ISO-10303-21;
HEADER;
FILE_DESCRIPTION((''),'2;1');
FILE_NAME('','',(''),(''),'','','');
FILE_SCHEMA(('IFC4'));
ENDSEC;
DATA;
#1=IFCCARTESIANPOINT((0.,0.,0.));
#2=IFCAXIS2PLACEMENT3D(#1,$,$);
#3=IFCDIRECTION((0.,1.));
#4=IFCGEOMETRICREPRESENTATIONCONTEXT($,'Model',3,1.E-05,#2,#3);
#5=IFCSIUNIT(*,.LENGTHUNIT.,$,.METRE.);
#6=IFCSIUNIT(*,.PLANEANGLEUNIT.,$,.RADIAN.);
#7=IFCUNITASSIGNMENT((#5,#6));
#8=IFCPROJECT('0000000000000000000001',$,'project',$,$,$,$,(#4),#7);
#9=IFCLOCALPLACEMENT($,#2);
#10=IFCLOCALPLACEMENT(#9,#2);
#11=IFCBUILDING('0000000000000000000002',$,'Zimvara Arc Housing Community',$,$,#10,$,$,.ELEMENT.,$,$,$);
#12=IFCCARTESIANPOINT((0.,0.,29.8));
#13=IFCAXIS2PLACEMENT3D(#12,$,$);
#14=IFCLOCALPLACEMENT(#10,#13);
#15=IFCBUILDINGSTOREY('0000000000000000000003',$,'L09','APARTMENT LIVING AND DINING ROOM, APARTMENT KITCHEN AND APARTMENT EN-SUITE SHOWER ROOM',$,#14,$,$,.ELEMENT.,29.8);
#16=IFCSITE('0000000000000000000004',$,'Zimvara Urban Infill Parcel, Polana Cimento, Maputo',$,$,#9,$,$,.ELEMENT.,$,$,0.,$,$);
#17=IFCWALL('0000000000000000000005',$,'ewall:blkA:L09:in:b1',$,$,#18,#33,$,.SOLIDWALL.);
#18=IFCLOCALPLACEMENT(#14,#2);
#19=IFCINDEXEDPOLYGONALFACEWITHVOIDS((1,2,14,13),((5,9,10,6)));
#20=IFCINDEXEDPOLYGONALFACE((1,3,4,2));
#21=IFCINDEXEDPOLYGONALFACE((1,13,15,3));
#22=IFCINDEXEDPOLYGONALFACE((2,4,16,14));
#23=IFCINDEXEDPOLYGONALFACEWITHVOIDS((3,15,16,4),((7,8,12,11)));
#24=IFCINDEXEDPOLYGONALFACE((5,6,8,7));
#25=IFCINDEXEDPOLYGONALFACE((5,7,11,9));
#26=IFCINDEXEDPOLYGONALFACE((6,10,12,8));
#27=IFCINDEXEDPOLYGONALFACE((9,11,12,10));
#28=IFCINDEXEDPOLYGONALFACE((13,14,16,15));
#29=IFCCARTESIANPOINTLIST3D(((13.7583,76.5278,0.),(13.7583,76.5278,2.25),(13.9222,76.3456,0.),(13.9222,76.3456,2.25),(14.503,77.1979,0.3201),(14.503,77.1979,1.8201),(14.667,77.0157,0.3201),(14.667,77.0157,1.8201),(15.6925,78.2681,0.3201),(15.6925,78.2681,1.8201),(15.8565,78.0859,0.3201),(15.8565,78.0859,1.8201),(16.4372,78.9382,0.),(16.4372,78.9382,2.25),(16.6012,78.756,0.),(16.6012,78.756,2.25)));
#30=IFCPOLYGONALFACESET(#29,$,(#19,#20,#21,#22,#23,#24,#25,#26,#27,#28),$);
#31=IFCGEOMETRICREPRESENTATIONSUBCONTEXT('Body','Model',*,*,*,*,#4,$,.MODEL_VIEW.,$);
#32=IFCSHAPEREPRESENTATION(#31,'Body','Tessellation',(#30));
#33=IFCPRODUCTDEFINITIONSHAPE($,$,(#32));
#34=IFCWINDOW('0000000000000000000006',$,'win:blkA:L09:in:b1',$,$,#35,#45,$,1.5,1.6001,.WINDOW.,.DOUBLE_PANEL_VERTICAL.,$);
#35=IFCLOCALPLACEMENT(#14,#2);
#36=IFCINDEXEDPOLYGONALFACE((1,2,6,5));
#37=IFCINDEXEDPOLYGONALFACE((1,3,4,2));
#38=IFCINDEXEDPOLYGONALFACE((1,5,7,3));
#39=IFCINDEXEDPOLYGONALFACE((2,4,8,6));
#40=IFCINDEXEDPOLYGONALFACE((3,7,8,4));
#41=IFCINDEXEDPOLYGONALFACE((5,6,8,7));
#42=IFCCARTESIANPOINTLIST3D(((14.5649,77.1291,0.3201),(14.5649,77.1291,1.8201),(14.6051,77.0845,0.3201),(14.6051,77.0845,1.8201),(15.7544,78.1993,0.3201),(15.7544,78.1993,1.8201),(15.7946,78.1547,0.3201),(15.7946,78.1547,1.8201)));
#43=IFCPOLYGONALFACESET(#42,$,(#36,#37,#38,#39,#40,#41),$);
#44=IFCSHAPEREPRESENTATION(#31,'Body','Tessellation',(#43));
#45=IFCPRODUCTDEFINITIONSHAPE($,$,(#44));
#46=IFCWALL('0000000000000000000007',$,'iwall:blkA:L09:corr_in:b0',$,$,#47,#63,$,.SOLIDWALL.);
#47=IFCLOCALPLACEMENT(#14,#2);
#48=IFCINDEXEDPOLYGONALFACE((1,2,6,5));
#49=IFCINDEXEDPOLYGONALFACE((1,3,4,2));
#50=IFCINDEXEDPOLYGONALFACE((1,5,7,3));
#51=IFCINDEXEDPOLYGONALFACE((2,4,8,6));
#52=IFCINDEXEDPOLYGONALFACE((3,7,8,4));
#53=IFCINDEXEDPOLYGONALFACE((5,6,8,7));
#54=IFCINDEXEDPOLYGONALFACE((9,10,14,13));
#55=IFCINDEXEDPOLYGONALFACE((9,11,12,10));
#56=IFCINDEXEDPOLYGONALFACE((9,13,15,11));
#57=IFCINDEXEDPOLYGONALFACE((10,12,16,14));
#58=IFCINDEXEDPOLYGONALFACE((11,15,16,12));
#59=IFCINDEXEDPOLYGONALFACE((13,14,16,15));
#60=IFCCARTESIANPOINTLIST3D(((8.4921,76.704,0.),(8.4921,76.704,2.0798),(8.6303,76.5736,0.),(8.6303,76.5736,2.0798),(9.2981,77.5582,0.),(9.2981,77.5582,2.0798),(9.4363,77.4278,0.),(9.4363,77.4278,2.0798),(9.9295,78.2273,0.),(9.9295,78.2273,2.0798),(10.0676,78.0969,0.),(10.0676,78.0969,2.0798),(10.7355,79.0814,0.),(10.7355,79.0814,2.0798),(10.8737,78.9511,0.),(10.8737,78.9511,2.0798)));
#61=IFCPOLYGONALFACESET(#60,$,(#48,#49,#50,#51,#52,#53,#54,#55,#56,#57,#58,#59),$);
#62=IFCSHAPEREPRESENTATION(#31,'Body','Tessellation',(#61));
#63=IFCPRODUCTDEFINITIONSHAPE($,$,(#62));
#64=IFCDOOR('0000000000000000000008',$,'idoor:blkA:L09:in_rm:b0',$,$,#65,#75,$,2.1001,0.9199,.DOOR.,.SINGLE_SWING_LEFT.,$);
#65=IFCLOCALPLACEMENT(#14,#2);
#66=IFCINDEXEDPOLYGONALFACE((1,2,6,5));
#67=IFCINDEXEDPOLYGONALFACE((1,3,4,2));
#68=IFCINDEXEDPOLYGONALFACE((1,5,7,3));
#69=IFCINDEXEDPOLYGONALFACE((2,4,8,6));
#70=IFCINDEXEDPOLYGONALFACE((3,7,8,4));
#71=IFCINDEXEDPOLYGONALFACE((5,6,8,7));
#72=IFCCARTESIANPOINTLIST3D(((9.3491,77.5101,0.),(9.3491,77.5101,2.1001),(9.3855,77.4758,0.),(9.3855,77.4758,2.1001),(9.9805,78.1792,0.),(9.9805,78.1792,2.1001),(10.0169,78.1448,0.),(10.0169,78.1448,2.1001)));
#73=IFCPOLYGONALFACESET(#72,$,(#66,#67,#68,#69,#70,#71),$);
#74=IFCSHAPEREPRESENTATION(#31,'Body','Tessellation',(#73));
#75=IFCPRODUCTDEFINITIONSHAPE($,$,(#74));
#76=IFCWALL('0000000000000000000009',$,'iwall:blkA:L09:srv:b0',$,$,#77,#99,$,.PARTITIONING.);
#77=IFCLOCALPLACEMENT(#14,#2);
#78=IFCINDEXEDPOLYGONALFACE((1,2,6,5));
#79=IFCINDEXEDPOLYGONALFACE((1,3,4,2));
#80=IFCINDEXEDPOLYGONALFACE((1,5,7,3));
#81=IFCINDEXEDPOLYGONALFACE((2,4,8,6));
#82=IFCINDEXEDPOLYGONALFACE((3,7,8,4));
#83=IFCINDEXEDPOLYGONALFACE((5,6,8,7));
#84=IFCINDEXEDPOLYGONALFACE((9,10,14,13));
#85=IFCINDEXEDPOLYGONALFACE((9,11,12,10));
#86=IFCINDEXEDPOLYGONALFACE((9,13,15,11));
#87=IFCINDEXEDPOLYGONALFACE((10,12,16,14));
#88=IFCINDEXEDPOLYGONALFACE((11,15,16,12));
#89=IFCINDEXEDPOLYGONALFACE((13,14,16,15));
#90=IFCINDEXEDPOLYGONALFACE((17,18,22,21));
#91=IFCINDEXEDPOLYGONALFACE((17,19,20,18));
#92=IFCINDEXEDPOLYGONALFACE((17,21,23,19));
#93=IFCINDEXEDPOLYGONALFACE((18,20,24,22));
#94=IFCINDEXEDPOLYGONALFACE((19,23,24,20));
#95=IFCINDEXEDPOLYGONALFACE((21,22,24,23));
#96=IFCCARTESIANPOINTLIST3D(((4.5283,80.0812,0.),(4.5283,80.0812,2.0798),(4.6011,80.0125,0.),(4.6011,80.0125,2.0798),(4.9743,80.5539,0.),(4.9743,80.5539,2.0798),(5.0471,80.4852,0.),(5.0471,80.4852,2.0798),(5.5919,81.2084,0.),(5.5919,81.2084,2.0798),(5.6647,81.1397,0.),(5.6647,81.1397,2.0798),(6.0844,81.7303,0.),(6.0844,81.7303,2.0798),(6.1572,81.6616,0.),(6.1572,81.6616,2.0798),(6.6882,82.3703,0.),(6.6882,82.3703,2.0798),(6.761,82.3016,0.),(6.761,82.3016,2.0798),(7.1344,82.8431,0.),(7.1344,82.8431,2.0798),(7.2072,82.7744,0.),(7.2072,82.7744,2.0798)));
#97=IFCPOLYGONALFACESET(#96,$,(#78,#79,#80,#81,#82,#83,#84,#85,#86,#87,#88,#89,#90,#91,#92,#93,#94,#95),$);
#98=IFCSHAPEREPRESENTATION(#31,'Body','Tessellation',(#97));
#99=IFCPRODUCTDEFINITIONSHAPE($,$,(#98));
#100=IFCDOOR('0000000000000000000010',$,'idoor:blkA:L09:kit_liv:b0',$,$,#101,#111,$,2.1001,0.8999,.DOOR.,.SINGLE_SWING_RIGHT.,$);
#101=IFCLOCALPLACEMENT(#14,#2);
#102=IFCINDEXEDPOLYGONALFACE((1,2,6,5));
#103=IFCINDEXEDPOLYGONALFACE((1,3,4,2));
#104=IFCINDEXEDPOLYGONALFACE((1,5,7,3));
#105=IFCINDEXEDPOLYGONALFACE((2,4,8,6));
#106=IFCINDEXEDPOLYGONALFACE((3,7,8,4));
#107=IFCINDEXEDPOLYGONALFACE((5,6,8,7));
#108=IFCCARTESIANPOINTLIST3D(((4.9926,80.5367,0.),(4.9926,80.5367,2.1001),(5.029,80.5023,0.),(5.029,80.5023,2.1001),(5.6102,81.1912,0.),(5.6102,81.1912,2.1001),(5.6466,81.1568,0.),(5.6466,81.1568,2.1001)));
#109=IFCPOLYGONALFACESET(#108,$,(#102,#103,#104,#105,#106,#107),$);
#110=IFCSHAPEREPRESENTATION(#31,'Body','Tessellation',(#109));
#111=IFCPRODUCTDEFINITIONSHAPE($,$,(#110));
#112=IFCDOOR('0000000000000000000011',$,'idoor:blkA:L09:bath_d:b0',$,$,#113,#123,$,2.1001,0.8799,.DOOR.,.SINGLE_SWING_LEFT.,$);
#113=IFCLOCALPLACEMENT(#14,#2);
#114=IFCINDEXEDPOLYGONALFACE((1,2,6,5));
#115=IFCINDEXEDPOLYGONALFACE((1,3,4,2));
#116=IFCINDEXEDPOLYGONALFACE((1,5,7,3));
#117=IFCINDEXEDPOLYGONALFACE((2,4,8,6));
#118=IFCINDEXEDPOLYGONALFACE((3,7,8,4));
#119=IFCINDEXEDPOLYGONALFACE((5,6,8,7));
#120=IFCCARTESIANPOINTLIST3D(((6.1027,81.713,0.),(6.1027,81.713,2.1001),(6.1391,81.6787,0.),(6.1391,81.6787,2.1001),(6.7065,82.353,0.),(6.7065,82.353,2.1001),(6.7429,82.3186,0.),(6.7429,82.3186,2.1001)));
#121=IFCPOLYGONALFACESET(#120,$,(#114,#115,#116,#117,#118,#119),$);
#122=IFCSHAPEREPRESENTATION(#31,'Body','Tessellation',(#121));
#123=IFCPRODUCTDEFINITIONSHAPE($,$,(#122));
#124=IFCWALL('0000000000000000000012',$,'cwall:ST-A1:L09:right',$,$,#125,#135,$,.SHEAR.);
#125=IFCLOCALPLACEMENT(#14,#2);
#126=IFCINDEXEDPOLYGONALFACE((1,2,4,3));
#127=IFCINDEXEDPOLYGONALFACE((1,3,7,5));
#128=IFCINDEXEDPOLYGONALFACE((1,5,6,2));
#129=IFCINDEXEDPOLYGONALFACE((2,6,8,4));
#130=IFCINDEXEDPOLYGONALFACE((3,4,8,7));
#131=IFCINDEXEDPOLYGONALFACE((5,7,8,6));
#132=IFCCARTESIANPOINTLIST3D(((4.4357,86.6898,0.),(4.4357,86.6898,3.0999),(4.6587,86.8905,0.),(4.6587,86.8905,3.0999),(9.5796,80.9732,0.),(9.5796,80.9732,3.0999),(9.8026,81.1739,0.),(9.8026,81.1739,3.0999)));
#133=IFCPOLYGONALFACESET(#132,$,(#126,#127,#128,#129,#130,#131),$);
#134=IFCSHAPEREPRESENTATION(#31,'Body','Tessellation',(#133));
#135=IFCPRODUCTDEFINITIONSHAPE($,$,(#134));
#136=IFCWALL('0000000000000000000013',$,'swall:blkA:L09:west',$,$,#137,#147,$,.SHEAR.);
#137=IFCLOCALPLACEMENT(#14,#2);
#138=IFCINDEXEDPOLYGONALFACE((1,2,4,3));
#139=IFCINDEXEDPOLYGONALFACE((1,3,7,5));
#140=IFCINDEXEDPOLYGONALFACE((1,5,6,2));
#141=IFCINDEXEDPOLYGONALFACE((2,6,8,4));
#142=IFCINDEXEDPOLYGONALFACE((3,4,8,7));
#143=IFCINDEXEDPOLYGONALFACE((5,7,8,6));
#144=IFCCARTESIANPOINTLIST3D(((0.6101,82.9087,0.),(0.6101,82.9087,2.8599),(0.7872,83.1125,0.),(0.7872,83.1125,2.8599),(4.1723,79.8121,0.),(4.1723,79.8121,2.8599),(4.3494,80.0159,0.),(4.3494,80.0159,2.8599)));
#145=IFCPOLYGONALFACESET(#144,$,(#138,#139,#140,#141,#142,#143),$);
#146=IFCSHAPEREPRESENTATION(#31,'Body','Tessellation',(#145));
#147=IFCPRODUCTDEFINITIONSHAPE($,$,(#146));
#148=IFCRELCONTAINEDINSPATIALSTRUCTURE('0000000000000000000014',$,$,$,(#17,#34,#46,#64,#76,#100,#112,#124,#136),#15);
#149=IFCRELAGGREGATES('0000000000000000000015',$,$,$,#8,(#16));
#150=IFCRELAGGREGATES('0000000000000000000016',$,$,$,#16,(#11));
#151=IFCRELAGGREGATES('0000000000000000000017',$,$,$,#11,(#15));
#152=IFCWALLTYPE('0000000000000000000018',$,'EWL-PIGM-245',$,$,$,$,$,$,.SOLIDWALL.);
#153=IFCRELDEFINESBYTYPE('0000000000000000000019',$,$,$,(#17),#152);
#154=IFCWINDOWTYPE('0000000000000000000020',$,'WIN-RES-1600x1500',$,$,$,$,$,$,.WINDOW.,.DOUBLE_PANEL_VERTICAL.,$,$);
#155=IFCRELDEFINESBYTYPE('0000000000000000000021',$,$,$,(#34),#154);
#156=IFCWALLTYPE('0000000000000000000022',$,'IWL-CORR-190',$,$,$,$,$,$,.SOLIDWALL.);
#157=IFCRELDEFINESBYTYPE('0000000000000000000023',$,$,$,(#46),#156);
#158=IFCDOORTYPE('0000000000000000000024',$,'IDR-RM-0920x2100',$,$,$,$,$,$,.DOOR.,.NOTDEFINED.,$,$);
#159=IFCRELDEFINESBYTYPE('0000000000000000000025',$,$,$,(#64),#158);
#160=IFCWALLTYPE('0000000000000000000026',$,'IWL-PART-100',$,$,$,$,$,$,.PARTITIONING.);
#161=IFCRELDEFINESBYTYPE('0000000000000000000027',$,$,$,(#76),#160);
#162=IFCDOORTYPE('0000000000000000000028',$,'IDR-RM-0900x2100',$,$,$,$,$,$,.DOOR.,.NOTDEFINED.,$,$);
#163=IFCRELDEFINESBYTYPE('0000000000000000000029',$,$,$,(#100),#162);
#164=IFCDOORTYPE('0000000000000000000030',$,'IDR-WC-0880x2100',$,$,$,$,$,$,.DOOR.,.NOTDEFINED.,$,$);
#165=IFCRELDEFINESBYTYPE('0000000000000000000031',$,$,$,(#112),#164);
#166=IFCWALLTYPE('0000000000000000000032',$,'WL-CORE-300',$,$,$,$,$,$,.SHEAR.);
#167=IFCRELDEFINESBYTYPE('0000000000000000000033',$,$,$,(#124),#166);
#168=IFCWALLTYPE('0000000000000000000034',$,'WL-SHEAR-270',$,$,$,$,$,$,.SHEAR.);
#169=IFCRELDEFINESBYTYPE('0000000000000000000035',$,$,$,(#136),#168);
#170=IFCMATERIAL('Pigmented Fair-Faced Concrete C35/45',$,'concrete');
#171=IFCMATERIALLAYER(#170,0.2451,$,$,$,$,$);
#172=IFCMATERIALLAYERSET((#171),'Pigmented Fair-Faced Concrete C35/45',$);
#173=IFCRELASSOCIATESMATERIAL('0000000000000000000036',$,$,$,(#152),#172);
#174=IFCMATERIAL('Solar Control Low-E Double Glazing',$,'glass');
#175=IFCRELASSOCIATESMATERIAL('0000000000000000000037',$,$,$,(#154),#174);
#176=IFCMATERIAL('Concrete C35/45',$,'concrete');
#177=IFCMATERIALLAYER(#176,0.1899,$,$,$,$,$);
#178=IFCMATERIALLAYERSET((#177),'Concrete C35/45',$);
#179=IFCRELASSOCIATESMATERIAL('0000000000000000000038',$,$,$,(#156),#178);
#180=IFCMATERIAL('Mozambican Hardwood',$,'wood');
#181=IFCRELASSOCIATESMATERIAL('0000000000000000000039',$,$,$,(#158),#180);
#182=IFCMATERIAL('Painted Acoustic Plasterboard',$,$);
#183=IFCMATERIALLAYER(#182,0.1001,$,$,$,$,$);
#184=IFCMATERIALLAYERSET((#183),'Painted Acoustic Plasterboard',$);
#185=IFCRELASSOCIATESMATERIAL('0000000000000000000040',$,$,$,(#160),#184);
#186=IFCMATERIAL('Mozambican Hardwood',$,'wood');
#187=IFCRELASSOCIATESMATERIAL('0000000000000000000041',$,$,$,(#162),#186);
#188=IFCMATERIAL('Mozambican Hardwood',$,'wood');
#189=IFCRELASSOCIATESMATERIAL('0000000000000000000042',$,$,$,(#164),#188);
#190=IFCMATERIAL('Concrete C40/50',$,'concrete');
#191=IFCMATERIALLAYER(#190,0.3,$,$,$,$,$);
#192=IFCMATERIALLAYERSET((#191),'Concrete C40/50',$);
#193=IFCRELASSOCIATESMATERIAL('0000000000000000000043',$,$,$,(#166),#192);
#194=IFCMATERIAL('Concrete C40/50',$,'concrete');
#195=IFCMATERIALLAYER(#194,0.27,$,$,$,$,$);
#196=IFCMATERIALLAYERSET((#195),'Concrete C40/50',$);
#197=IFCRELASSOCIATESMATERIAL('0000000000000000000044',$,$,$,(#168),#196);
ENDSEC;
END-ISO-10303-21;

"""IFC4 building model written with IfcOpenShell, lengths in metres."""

from ifc_helpers import new_model, si_unit, direction, frame, frame_2d, origin, place, context, subcontext, project, spatial, rectangle, extrude, material, layer, layer_set, type_object, element, fill, save


model = new_model("IFC4")

# Units and contexts
model_context = context("Model", 3, precision=1e-05, world=origin(), true_north=direction((0.0, 1.0)))
body_context = subcontext(model_context, "Body", "Model", "MODEL_VIEW")
ifc_project = project(units=[si_unit("LENGTHUNIT", "METRE"), si_unit("PLANEANGLEUNIT", "RADIAN")], contexts=[model_context])

# Site, building, storey
site_placement = place(None, origin())
site = spatial("IfcSite", under=ifc_project, at=site_placement, Name="Zimvara Urban Infill Parcel, Polana Cimento, Maputo", CompositionType="ELEMENT", RefElevation=0.0)
building_placement = place(site_placement, origin())
building = spatial("IfcBuilding", under=site, at=building_placement, Name="Zimvara Arc Housing Community", CompositionType="ELEMENT")
storey_placement = place(building_placement, frame((0.0, 0.0, 29.8)))
storey = spatial("IfcBuildingStorey", under=building, at=storey_placement, Name="L09", Description="APARTMENT LIVING AND DINING ROOM, APARTMENT KITCHEN AND APARTMENT EN-SUITE SHOWER ROOM", CompositionType="ELEMENT", Elevation=29.8)

# Wall, opening, window
ifc_material_1 = material(Name="Pigmented Fair-Faced Concrete C35/45", Category="concrete")
ifc_layer_1 = layer(ifc_material_1, 0.2451)
ifc_layer_set_1 = layer_set([ifc_layer_1], Name="Pigmented Fair-Faced Concrete C35/45")
wall_type_1 = type_object("IfcWallType", Name="EWL-PIGM-245", PredefinedType="SOLIDWALL", material=ifc_layer_set_1)
wall_1_placement = place(storey_placement, frame((13.8403, 76.4368, 0.0), z_axis=(0.0, 0.0, 1.0), x_axis=(0.743385, 0.668864, 0.0)))
wall_1 = element("IfcWall", 1, at=wall_1_placement, inside=storey, type_object=wall_type_1, Name="ewall:blkA:L09:in:b1", PredefinedType="SOLIDWALL", context=body_context, shape_type="SweptSolid", body=[
    extrude(rectangle(XDim=3.6038, YDim=0.2451, at=frame_2d((1.8018, 0.0))), origin(), (0.0, 0.0, 1.0), 2.25),
])
opening_1_placement = place(wall_1_placement, frame((1.0017, 0.0, 0.3201)))
opening_1 = element("IfcOpeningElement", 2, at=opening_1_placement, cuts=wall_1, PredefinedType="OPENING", context=body_context, shape_type="SweptSolid", body=[
    extrude(rectangle(XDim=1.6001, YDim=1.5, at=frame_2d((0.8, 0.75))), frame((0.0, 0.1326, 0.0), z_axis=(0.0, -1.0, 0.0), x_axis=(1.0, 0.0, 0.0)), (0.0, 0.0, 1.0), 0.2651),
])
ifc_material_2 = material(Name="Solar Control Low-E Double Glazing", Category="glass")
window_type = type_object("IfcWindowType", Name="WIN-RES-1600x1500", PartitioningType="DOUBLE_PANEL_VERTICAL", PredefinedType="WINDOW", material=ifc_material_2)
window_placement = place(opening_1_placement, origin())
window = element("IfcWindow", 3, at=window_placement, inside=storey, type_object=window_type, Name="win:blkA:L09:in:b1", OverallHeight=1.5, OverallWidth=1.6001, PartitioningType="DOUBLE_PANEL_VERTICAL", PredefinedType="WINDOW", context=body_context, shape_type="SweptSolid", body=[
    extrude(rectangle(XDim=1.6001, YDim=1.5, at=frame_2d((0.8, 0.75))), frame((0.0, 0.03, 0.0), z_axis=(0.0, -1.0, 0.0), x_axis=(1.0, 0.0, 0.0)), (0.0, 0.0, 1.0), 0.0601),
])
fill(opening_1, window)

# Wall, opening, door
ifc_material_3 = material(Name="Concrete C35/45", Category="concrete")
ifc_layer_2 = layer(ifc_material_3, 0.1899)
ifc_layer_set_2 = layer_set([ifc_layer_2], Name="Concrete C35/45")
wall_type_2 = type_object("IfcWallType", Name="IWL-CORR-190", PredefinedType="SOLIDWALL", material=ifc_layer_set_2)
wall_2_placement = place(storey_placement, frame((8.5613, 76.6389, 0.0), z_axis=(0.0, 0.0, 1.0), x_axis=(0.686308, 0.727311, 0.0)))
wall_2 = element("IfcWall", 4, at=wall_2_placement, inside=storey, type_object=wall_type_2, Name="iwall:blkA:L09:corr_in:b0", PredefinedType="SOLIDWALL", context=body_context, shape_type="SweptSolid", body=[
    extrude(rectangle(XDim=3.2688, YDim=0.1899, at=frame_2d((1.6343, 0.0))), origin(), (0.0, 0.0, 1.0), 2.0798),
])
opening_2_placement = place(wall_2_placement, frame((1.1743, 0.0, 0.0)))
opening_2 = element("IfcOpeningElement", 5, at=opening_2_placement, cuts=wall_2, PredefinedType="OPENING", context=body_context, shape_type="SweptSolid", body=[
    extrude(rectangle(XDim=0.9199, YDim=2.1001, at=frame_2d((0.46, 1.05))), frame((0.0, 0.105, 0.0), z_axis=(0.0, -1.0, 0.0), x_axis=(1.0, 0.0, 0.0)), (0.0, 0.0, 1.0), 0.21),
])
ifc_material_4 = material(Name="Mozambican Hardwood", Category="wood")
door_type_1 = type_object("IfcDoorType", Name="IDR-RM-0920x2100", OperationType="NOTDEFINED", PredefinedType="DOOR", material=ifc_material_4)
door_1_placement = place(opening_2_placement, origin())
door_1 = element("IfcDoor", 6, at=door_1_placement, inside=storey, type_object=door_type_1, Name="idoor:blkA:L09:in_rm:b0", OperationType="SINGLE_SWING_LEFT", OverallHeight=2.1001, OverallWidth=0.9199, PredefinedType="DOOR", context=body_context, shape_type="SweptSolid", body=[
    extrude(rectangle(XDim=0.9199, YDim=2.1001, at=frame_2d((0.46, 1.05))), frame((0.0, 0.0249, 0.0), z_axis=(0.0, -1.0, 0.0), x_axis=(1.0, 0.0, 0.0)), (0.0, 0.0, 1.0), 0.05),
])
fill(opening_2, door_1)

# Wall, openings, doors
ifc_material_5 = material(Name="Painted Acoustic Plasterboard")
ifc_layer_3 = layer(ifc_material_5, 0.1001)
ifc_layer_set_3 = layer_set([ifc_layer_3], Name="Painted Acoustic Plasterboard")
wall_type_3 = type_object("IfcWallType", Name="IWL-PART-100", PredefinedType="PARTITIONING", material=ifc_layer_set_3)
wall_3_placement = place(storey_placement, frame((4.5647, 80.0469, 0.0), z_axis=(0.0, 0.0, 1.0), x_axis=(0.686301, 0.727318, 0.0)))
wall_3 = element("IfcWall", 7, at=wall_3_placement, inside=storey, type_object=wall_type_3, Name="iwall:blkA:L09:srv:b0", PredefinedType="PARTITIONING", context=body_context, shape_type="SweptSolid", body=[
    extrude(rectangle(XDim=3.7974, YDim=0.1001, at=frame_2d((1.8987, 0.0))), origin(), (0.0, 0.0, 1.0), 2.0798),
])
opening_3_placement = place(wall_3_placement, frame((0.6499, 0.0, 0.0)))
opening_3 = element("IfcOpeningElement", 8, at=opening_3_placement, cuts=wall_3, PredefinedType="OPENING", context=body_context, shape_type="SweptSolid", body=[
    extrude(rectangle(XDim=0.8999, YDim=2.1001, at=frame_2d((0.45, 1.05))), frame((0.0, 0.0601, 0.0), z_axis=(0.0, -1.0, 0.0), x_axis=(1.0, 0.0, 0.0)), (0.0, 0.0, 1.0), 0.1201),
])
opening_4_placement = place(wall_3_placement, frame((2.2673, 0.0, 0.0)))
opening_4 = element("IfcOpeningElement", 9, at=opening_4_placement, cuts=wall_3, PredefinedType="OPENING", context=body_context, shape_type="SweptSolid", body=[
    extrude(rectangle(XDim=0.8799, YDim=2.1001, at=frame_2d((0.4399, 1.05))), frame((0.0, 0.0601, 0.0), z_axis=(0.0, -1.0, 0.0), x_axis=(1.0, 0.0, 0.0)), (0.0, 0.0, 1.0), 0.1201),
])
ifc_material_6 = material(Name="Mozambican Hardwood", Category="wood")
door_type_2 = type_object("IfcDoorType", Name="IDR-RM-0900x2100", OperationType="NOTDEFINED", PredefinedType="DOOR", material=ifc_material_6)
door_2_placement = place(opening_3_placement, origin())
door_2 = element("IfcDoor", 10, at=door_2_placement, inside=storey, type_object=door_type_2, Name="idoor:blkA:L09:kit_liv:b0", OperationType="SINGLE_SWING_RIGHT", OverallHeight=2.1001, OverallWidth=0.8999, PredefinedType="DOOR", context=body_context, shape_type="SweptSolid", body=[
    extrude(rectangle(XDim=0.8999, YDim=2.1001, at=frame_2d((0.45, 1.05))), frame((0.0, 0.0249, 0.0), z_axis=(0.0, -1.0, 0.0), x_axis=(1.0, 0.0, 0.0)), (0.0, 0.0, 1.0), 0.05),
])
fill(opening_3, door_2)
ifc_material_7 = material(Name="Mozambican Hardwood", Category="wood")
door_type_3 = type_object("IfcDoorType", Name="IDR-WC-0880x2100", OperationType="NOTDEFINED", PredefinedType="DOOR", material=ifc_material_7)
door_3_placement = place(opening_4_placement, origin())
door_3 = element("IfcDoor", 11, at=door_3_placement, inside=storey, type_object=door_type_3, Name="idoor:blkA:L09:bath_d:b0", OperationType="SINGLE_SWING_LEFT", OverallHeight=2.1001, OverallWidth=0.8799, PredefinedType="DOOR", context=body_context, shape_type="SweptSolid", body=[
    extrude(rectangle(XDim=0.8799, YDim=2.1001, at=frame_2d((0.4399, 1.05))), frame((0.0, 0.0249, 0.0), z_axis=(0.0, -1.0, 0.0), x_axis=(1.0, 0.0, 0.0)), (0.0, 0.0, 1.0), 0.05),
])
fill(opening_4, door_3)

# Walls
ifc_material_8 = material(Name="Concrete C40/50", Category="concrete")
ifc_layer_4 = layer(ifc_material_8, 0.3)
ifc_layer_set_4 = layer_set([ifc_layer_4], Name="Concrete C40/50")
wall_type_4 = type_object("IfcWallType", Name="WL-CORE-300", PredefinedType="SHEAR", material=ifc_layer_set_4)
wall_4_placement = place(storey_placement, frame((9.6912, 81.0735, 0.0), z_axis=(0.0, 0.0, 1.0), x_axis=(-0.668886, 0.743365, 0.0)))
element("IfcWall", 12, at=wall_4_placement, inside=storey, type_object=wall_type_4, Name="cwall:ST-A1:L09:right", PredefinedType="SHEAR", context=body_context, shape_type="SweptSolid", body=[
    extrude(rectangle(XDim=7.6902, YDim=0.3, at=frame_2d((3.8452, 0.0))), origin(), (0.0, 0.0, 1.0), 3.0999),
])
ifc_material_9 = material(Name="Concrete C40/50", Category="concrete")
ifc_layer_5 = layer(ifc_material_9, 0.27)
ifc_layer_set_5 = layer_set([ifc_layer_5], Name="Concrete C40/50")
wall_type_5 = type_object("IfcWallType", Name="WL-SHEAR-270", PredefinedType="SHEAR", material=ifc_layer_set_5)
wall_5_placement = place(storey_placement, frame((4.2607, 79.9141, 0.0), z_axis=(0.0, 0.0, 1.0), x_axis=(-0.754704, 0.656066, 0.0)))
element("IfcWall", 13, at=wall_5_placement, inside=storey, type_object=wall_type_5, Name="swall:blkA:L09:west", PredefinedType="SHEAR", context=body_context, shape_type="SweptSolid", body=[
    extrude(rectangle(XDim=4.72, YDim=0.27, at=frame_2d((2.3599, 0.0))), origin(), (0.0, 0.0, 1.0), 2.8599),
])

save(model, "model.ifc")
